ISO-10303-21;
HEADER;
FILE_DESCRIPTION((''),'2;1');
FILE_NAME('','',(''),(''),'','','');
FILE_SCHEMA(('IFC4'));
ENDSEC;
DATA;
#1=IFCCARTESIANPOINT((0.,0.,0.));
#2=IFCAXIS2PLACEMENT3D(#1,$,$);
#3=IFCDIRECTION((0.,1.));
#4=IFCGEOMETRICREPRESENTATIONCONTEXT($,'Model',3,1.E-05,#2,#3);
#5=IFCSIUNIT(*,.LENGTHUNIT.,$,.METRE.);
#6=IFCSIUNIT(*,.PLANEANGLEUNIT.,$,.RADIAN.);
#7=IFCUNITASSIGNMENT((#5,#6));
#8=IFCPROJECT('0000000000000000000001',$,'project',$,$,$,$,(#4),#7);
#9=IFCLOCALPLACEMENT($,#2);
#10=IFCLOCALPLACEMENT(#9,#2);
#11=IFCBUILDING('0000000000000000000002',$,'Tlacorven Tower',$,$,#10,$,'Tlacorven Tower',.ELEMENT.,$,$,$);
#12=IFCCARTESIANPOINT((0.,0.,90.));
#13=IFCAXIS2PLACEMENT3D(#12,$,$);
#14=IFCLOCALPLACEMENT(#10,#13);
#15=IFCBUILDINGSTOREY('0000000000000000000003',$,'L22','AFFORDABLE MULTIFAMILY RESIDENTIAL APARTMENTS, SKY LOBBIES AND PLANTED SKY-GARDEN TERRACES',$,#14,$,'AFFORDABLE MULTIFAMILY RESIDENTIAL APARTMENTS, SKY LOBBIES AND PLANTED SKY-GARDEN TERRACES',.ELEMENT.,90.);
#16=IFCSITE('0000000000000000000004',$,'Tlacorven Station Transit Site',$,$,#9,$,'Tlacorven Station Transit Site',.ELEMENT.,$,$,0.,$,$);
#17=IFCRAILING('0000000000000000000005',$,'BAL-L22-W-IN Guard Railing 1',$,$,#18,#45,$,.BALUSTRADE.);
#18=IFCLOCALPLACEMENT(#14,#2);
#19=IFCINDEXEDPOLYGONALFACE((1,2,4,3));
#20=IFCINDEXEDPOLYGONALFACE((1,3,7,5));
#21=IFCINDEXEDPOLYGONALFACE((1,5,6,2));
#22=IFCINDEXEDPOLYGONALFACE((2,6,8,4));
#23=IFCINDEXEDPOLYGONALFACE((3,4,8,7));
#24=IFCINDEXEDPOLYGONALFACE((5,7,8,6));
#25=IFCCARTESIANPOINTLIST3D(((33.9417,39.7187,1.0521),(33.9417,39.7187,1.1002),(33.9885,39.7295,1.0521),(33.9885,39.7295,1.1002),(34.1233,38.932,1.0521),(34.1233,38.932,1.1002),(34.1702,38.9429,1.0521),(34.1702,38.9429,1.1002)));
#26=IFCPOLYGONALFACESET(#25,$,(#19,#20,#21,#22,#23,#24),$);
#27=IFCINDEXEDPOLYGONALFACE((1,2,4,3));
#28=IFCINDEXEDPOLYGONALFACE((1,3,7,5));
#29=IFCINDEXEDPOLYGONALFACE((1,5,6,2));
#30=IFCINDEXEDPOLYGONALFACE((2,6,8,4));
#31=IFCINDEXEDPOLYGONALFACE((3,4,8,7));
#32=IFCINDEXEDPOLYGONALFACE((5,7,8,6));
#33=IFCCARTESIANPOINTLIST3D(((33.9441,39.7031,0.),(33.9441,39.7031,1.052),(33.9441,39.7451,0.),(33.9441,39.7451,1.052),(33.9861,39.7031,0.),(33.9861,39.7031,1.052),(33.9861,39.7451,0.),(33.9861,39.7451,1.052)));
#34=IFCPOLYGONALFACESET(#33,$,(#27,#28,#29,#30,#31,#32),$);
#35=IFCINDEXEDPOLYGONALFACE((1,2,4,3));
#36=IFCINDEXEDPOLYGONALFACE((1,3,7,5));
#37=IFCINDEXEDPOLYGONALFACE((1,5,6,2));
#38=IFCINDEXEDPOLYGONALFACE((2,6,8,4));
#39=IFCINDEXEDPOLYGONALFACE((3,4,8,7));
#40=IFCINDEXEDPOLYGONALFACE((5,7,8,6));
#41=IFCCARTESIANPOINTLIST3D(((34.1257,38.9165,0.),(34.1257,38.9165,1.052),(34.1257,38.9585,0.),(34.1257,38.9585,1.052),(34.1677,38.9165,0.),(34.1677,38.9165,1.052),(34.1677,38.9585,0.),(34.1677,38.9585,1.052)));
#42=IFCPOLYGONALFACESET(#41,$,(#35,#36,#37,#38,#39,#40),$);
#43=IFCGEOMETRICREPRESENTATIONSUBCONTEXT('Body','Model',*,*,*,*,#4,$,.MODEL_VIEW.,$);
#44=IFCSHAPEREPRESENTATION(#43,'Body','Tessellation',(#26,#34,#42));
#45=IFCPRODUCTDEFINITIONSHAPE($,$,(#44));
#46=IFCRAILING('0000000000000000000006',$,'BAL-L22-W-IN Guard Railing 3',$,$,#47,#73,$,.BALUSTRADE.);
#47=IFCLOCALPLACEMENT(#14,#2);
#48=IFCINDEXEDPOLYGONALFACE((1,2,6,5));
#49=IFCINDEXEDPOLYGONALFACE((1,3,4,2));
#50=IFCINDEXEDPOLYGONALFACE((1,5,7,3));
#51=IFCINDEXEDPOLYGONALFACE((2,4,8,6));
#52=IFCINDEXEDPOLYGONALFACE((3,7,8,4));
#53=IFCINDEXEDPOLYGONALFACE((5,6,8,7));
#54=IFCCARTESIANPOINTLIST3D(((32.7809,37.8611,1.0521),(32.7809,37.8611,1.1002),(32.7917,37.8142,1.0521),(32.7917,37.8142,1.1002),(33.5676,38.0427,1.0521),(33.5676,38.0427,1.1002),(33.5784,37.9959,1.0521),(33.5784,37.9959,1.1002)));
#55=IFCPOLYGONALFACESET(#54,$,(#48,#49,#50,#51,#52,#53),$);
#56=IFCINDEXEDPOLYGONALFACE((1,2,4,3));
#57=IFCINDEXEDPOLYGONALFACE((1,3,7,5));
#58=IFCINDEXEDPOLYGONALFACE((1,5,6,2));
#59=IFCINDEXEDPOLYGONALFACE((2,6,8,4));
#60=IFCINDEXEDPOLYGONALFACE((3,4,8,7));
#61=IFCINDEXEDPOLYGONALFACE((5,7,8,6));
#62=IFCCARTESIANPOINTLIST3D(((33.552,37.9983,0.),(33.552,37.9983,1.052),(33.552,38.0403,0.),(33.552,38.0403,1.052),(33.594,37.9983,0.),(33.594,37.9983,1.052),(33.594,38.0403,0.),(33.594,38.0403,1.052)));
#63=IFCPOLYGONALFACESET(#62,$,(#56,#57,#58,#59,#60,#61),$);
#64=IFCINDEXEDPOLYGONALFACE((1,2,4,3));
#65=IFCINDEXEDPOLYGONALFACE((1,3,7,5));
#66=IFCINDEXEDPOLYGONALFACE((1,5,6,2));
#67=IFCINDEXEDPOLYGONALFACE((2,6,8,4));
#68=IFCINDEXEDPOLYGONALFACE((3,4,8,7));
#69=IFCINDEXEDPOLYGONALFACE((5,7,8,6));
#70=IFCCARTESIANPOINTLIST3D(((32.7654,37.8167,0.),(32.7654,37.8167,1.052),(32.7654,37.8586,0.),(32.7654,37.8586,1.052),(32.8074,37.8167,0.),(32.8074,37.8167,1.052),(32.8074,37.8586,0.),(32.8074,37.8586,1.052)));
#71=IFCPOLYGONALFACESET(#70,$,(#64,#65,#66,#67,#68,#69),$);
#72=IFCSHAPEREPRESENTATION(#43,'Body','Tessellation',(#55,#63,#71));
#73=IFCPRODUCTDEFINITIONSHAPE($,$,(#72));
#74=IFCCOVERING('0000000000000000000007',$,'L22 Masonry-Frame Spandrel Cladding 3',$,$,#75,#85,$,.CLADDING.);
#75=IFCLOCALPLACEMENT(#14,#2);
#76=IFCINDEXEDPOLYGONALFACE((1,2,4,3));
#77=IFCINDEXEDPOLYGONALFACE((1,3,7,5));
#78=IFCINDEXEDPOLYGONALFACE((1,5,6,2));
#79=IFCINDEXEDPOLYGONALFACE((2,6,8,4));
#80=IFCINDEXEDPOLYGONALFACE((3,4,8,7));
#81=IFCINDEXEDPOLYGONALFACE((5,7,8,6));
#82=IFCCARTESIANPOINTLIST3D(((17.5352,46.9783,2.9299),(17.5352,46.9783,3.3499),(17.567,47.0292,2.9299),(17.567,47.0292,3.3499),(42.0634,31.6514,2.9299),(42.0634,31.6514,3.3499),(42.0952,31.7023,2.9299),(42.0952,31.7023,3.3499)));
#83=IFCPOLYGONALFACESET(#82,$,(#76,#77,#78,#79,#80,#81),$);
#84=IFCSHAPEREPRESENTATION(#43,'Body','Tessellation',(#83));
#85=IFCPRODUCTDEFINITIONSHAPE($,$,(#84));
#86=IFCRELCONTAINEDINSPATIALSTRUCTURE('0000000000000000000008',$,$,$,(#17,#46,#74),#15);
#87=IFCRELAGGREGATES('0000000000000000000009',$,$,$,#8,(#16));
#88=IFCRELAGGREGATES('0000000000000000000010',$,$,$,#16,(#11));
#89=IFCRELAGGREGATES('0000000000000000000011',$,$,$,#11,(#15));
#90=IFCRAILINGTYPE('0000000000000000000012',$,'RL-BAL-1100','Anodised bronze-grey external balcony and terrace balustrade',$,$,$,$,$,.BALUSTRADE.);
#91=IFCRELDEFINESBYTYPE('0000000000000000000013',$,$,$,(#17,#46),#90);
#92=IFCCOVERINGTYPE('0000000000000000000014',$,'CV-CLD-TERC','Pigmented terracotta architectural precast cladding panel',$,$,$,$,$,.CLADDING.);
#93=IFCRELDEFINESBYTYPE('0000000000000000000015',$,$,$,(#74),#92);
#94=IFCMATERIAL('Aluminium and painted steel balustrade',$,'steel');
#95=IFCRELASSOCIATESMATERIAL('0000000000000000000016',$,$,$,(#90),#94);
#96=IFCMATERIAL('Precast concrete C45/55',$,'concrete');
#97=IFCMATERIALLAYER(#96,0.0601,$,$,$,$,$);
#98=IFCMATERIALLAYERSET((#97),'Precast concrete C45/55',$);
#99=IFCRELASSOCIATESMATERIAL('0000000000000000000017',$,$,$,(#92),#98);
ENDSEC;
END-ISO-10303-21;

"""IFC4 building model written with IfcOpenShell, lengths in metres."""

from ifc_helpers import new_model, si_unit, direction, frame, origin, origin_2d, place, context, subcontext, project, spatial, rectangle, extrude, source, transform, mapped, material, layer, layer_set, type_object, element, save


model = new_model("IFC4")

# Units and contexts
model_context = context("Model", 3, precision=1e-05, world=origin(), true_north=direction((0.0, 1.0)))
body_context = subcontext(model_context, "Body", "Model", "MODEL_VIEW")
ifc_project = project(units=[si_unit("LENGTHUNIT", "METRE"), si_unit("PLANEANGLEUNIT", "RADIAN")], contexts=[model_context])

# Site, building, storey
site_placement = place(None, origin())
site = spatial("IfcSite", under=ifc_project, at=site_placement, Name="Tlacorven Station Transit Site", LongName="Tlacorven Station Transit Site", CompositionType="ELEMENT", RefElevation=0.0)
building_placement = place(site_placement, origin())
building = spatial("IfcBuilding", under=site, at=building_placement, Name="Tlacorven Tower", LongName="Tlacorven Tower", CompositionType="ELEMENT")
storey_placement = place(building_placement, frame((0.0, 0.0, 90.0)))
storey = spatial("IfcBuildingStorey", under=building, at=storey_placement, Name="L22", Description="AFFORDABLE MULTIFAMILY RESIDENTIAL APARTMENTS, SKY LOBBIES AND PLANTED SKY-GARDEN TERRACES", LongName="AFFORDABLE MULTIFAMILY RESIDENTIAL APARTMENTS, SKY LOBBIES AND PLANTED SKY-GARDEN TERRACES", CompositionType="ELEMENT", Elevation=90.0)

# Railings
ifc_material_1 = material(Name="Aluminium and painted steel balustrade", Category="steel")
railing_type = type_object("IfcRailingType", Name="RL-BAL-1100", Description="Anodised bronze-grey external balcony and terrace balustrade", PredefinedType="BALUSTRADE", material=ifc_material_1)
shared_shape_1 = source(origin(), body_context, "Body", "SweptSolid", [
    extrude(rectangle(XDim=0.0481, YDim=0.0481, at=origin_2d()), frame((0.0, 0.0, 1.0762), z_axis=(0.224992, -0.974361, 0.0), x_axis=(0.974361, 0.224992, 0.0)), (0.0, 0.0, 1.0), 0.8074),
    extrude(rectangle(XDim=0.042, YDim=0.042, at=origin_2d()), origin(), (0.0, 0.0, 1.0), 1.052),
    extrude(rectangle(XDim=0.042, YDim=0.042, at=origin_2d()), frame((0.1816, -0.7866, 0.0)), (0.0, 0.0, 1.0), 1.052),
])
railing_1_placement = place(storey_placement, frame((33.9651, 39.7241, 0.0)))
element("IfcRailing", 1, at=railing_1_placement, inside=storey, type_object=railing_type, Name="BAL-L22-W-IN Guard Railing 1", PredefinedType="BALUSTRADE", context=body_context, shape_type="MappedRepresentation", body=[
    mapped(shared_shape_1, transform((0.0, 0.0, 0.0), scale=1.0)),
])
shared_shape_2 = source(origin(), body_context, "Body", "SweptSolid", [
    extrude(rectangle(XDim=0.0481, YDim=0.0481, at=origin_2d()), frame((0.0, 0.0, 1.0762), z_axis=(-0.974361, -0.224992, 0.0), x_axis=(0.224992, -0.974361, 0.0)), (0.0, 0.0, 1.0), 0.8074),
    extrude(rectangle(XDim=0.042, YDim=0.042, at=origin_2d()), origin(), (0.0, 0.0, 1.0), 1.052),
    extrude(rectangle(XDim=0.042, YDim=0.042, at=origin_2d()), frame((-0.7866, -0.1816, 0.0)), (0.0, 0.0, 1.0), 1.052),
])
railing_2_placement = place(storey_placement, frame((33.573, 38.0193, 0.0)))
element("IfcRailing", 2, at=railing_2_placement, inside=storey, type_object=railing_type, Name="BAL-L22-W-IN Guard Railing 3", PredefinedType="BALUSTRADE", context=body_context, shape_type="MappedRepresentation", body=[
    mapped(shared_shape_2, transform((0.0, 0.0, 0.0), scale=1.0)),
])

# Covering
ifc_material_2 = material(Name="Precast concrete C45/55", Category="concrete")
ifc_layer_1 = layer(ifc_material_2, 0.0601)
ifc_layer_set_1 = layer_set([ifc_layer_1], Name="Precast concrete C45/55")
covering_type = type_object("IfcCoveringType", Name="CV-CLD-TERC", Description="Pigmented terracotta architectural precast cladding panel", PredefinedType="CLADDING", material=ifc_layer_set_1)
shared_shape_3 = source(origin(), body_context, "Body", "SweptSolid", [
    extrude(rectangle(XDim=28.9231, YDim=0.0601, at=origin_2d()), origin(), (0.0, 0.0, 1.0), 0.4199),
])
covering_placement = place(storey_placement, frame((29.8152, 39.3403, 2.9299), z_axis=(0.0, 0.0, 1.0), x_axis=(0.848048, -0.529919, 0.0)))
element("IfcCovering", 3, at=covering_placement, inside=storey, type_object=covering_type, Name="L22 Masonry-Frame Spandrel Cladding 3", PredefinedType="CLADDING", context=body_context, shape_type="MappedRepresentation", body=[
    mapped(shared_shape_3, transform((0.0, 0.0, 0.0), scale=1.0)),
])

save(model, "model.ifc")
